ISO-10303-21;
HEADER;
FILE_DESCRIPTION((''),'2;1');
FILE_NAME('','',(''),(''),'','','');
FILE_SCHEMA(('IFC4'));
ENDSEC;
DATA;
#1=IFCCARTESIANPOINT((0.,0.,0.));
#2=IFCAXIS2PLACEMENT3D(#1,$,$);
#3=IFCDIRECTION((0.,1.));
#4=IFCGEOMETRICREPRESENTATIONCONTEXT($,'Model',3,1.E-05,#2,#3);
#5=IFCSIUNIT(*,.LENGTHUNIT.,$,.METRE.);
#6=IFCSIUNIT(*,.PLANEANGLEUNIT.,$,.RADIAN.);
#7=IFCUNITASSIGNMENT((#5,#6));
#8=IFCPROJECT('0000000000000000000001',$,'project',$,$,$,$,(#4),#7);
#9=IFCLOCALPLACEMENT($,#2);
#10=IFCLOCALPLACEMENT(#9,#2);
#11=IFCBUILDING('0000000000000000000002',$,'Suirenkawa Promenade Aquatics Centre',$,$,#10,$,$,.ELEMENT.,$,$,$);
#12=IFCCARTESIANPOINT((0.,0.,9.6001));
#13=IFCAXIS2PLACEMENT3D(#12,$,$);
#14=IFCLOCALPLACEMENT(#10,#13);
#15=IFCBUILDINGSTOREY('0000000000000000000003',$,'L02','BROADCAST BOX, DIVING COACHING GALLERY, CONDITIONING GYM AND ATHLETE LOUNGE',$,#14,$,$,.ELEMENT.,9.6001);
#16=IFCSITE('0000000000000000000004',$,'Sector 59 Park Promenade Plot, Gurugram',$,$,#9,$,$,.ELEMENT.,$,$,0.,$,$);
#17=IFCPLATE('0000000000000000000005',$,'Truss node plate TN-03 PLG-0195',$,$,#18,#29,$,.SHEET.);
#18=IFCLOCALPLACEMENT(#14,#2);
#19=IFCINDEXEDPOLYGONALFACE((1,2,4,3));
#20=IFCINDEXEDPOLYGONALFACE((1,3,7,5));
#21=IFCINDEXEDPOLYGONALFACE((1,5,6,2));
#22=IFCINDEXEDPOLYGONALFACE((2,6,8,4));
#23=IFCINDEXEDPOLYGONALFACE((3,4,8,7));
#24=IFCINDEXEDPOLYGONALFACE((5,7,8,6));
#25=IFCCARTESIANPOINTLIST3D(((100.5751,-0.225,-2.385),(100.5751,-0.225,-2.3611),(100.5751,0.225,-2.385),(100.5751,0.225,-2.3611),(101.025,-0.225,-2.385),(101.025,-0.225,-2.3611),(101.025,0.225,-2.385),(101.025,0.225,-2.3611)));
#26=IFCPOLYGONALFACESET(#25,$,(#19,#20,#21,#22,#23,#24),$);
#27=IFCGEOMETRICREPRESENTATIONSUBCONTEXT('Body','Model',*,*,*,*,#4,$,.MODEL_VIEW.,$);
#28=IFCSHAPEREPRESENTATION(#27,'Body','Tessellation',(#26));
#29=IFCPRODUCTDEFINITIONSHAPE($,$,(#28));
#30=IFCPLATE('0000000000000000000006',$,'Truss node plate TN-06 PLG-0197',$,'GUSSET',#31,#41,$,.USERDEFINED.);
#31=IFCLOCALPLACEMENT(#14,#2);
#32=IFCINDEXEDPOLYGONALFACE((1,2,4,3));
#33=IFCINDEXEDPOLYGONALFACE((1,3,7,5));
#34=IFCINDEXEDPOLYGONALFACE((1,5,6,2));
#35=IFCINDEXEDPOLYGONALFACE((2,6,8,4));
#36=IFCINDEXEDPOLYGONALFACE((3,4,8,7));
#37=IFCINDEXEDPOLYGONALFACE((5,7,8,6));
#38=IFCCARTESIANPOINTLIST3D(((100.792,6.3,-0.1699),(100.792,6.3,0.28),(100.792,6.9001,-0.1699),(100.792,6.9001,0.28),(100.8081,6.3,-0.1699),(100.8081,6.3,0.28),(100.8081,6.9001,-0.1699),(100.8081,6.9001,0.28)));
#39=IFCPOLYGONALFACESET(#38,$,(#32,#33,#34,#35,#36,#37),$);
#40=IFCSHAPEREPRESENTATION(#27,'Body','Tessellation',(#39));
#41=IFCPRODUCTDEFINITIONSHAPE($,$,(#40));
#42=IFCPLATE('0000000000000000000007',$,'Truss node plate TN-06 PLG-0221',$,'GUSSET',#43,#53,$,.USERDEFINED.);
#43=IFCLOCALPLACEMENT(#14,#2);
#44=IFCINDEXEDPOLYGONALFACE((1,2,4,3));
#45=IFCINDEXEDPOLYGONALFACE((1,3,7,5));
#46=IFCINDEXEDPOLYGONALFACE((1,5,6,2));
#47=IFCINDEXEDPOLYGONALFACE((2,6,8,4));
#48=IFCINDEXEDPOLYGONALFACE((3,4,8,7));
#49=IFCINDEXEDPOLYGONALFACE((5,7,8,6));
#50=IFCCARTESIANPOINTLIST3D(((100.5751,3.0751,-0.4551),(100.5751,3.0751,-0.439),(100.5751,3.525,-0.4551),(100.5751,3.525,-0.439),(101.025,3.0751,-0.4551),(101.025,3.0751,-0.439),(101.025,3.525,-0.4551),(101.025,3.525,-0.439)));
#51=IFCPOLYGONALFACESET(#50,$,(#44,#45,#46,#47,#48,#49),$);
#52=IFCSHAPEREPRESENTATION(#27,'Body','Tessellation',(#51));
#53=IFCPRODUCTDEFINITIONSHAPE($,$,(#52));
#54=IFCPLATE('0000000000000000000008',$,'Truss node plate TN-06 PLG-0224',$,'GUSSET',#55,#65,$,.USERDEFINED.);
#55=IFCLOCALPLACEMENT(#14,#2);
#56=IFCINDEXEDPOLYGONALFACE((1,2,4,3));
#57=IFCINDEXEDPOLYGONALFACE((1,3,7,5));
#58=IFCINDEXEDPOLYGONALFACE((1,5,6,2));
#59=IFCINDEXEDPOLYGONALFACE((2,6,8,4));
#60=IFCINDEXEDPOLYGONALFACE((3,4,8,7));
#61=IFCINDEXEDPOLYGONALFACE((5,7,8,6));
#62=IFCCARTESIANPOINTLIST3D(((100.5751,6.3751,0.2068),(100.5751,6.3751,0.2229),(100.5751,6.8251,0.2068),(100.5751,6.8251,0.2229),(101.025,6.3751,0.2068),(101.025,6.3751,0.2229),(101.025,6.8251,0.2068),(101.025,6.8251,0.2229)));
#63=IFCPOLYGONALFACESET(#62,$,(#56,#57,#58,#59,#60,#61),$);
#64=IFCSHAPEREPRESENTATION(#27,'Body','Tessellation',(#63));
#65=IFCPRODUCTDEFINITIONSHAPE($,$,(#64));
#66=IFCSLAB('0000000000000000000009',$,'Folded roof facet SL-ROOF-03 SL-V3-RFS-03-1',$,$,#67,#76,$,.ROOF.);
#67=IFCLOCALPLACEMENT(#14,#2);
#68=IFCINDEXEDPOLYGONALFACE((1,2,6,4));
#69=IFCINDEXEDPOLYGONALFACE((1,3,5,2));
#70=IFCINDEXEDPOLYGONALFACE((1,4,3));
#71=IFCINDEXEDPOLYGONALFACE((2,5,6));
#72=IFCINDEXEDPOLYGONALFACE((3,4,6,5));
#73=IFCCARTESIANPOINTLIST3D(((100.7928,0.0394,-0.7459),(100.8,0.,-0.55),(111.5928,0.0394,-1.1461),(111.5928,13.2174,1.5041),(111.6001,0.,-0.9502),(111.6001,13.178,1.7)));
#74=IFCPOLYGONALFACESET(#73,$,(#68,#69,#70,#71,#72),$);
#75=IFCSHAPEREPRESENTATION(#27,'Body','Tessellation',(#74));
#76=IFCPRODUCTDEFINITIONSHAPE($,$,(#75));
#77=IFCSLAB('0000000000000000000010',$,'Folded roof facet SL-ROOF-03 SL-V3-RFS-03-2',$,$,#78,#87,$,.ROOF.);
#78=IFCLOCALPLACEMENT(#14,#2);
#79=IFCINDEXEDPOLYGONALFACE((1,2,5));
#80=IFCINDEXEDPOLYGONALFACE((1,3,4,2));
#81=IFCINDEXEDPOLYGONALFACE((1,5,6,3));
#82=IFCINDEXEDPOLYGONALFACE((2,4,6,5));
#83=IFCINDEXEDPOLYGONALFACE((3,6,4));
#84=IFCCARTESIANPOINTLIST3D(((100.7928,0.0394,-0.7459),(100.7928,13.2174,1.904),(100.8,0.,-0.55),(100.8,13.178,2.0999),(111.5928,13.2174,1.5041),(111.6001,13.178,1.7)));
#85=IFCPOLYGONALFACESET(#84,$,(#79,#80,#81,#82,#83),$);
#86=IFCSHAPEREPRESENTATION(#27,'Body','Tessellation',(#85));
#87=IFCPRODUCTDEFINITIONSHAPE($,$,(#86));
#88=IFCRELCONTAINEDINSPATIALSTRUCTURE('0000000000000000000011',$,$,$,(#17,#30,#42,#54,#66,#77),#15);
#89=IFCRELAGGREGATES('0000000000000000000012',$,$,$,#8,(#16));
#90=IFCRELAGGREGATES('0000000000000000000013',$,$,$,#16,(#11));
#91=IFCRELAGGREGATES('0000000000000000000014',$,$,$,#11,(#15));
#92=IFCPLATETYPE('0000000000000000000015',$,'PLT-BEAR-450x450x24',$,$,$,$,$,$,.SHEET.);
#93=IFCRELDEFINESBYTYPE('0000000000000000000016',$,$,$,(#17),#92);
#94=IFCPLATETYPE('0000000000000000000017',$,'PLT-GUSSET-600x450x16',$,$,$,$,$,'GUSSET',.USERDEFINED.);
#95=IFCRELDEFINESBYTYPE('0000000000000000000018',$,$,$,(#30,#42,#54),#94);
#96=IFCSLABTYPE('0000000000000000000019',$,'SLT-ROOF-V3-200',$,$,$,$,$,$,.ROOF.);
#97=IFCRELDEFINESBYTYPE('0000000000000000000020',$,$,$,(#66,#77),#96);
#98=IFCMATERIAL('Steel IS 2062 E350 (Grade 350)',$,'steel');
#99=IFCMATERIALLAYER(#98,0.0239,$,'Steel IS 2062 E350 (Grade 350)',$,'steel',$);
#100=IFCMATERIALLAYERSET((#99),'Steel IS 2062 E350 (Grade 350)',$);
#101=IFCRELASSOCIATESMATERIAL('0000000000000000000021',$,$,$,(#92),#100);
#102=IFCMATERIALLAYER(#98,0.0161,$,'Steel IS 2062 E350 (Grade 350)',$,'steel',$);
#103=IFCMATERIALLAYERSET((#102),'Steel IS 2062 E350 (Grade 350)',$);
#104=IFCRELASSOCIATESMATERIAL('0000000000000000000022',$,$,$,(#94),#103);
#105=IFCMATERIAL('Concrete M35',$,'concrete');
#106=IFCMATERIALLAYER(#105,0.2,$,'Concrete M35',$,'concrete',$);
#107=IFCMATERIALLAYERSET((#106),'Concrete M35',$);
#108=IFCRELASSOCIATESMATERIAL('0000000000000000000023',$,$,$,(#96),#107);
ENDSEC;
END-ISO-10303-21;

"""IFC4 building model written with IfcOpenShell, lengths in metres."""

from ifc_helpers import new_model, si_unit, direction, frame, origin, origin_2d, place, context, subcontext, project, spatial, polyline, rectangle, outline, extrude, material, layer, layer_set, type_object, element, save


model = new_model("IFC4")

# Units and contexts
model_context = context("Model", 3, precision=1e-05, world=origin(), true_north=direction((0.0, 1.0)))
body_context = subcontext(model_context, "Body", "Model", "MODEL_VIEW")
ifc_project = project(units=[si_unit("LENGTHUNIT", "METRE"), si_unit("PLANEANGLEUNIT", "RADIAN")], contexts=[model_context])

# Site, building, storey
site_placement = place(None, origin())
site = spatial("IfcSite", under=ifc_project, at=site_placement, Name="Sector 59 Park Promenade Plot, Gurugram", CompositionType="ELEMENT", RefElevation=0.0)
building_placement = place(site_placement, origin())
building = spatial("IfcBuilding", under=site, at=building_placement, Name="Suirenkawa Promenade Aquatics Centre", CompositionType="ELEMENT")
storey_placement = place(building_placement, frame((0.0, 0.0, 9.6001)))
storey = spatial("IfcBuildingStorey", under=building, at=storey_placement, Name="L02", Description="BROADCAST BOX, DIVING COACHING GALLERY, CONDITIONING GYM AND ATHLETE LOUNGE", CompositionType="ELEMENT", Elevation=9.6001)

# Shared definitions
ifc_material_1 = material(Name="Steel IS 2062 E350 (Grade 350)", Category="steel")

# Plates
ifc_layer_1 = layer(ifc_material_1, 0.0239, Name="Steel IS 2062 E350 (Grade 350)", Category="steel")
ifc_layer_set_1 = layer_set([ifc_layer_1], Name="Steel IS 2062 E350 (Grade 350)")
plate_type_1 = type_object("IfcPlateType", Name="PLT-BEAR-450x450x24", PredefinedType="SHEET", material=ifc_layer_set_1)
plate_1_placement = place(storey_placement, frame((100.8, 0.0, -2.385), z_axis=(0.0, 0.0, 1.0), x_axis=(1.0, 0.0, 0.0)))
element("IfcPlate", 1, at=plate_1_placement, inside=storey, type_object=plate_type_1, Name="Truss node plate TN-03 PLG-0195", PredefinedType="SHEET", context=body_context, shape_type="SweptSolid", body=[
    extrude(rectangle(XDim=0.45, YDim=0.45, at=origin_2d()), origin(), (0.0, 0.0, 1.0), 0.0239),
])
ifc_layer_2 = layer(ifc_material_1, 0.0161, Name="Steel IS 2062 E350 (Grade 350)", Category="steel")
ifc_layer_set_2 = layer_set([ifc_layer_2], Name="Steel IS 2062 E350 (Grade 350)")
plate_type_2 = type_object("IfcPlateType", Name="PLT-GUSSET-600x450x16", ElementType="GUSSET", PredefinedType="USERDEFINED", material=ifc_layer_set_2)
plate_2_placement = place(storey_placement, frame((100.8, 6.6001, -0.1699), z_axis=(0.0, 0.0, 1.0), x_axis=(0.0, 1.0, 0.0)))
element("IfcPlate", 2, at=plate_2_placement, inside=storey, type_object=plate_type_2, Name="Truss node plate TN-06 PLG-0197", ObjectType="GUSSET", PredefinedType="USERDEFINED", context=body_context, shape_type="SweptSolid", body=[
    extrude(rectangle(XDim=0.6001, YDim=0.0161, at=origin_2d()), origin(), (0.0, 0.0, 1.0), 0.45),
])
for number, where, z_axis, x_axis, name in (
    (3, (100.8, 3.3, -0.4551), (0.0, 0.0, 1.0), (1.0, 0.0, 0.0), "Truss node plate TN-06 PLG-0221"),
    (4, (100.8, 6.6001, 0.2068), (0.0, 0.0, 1.0), (1.0, 0.0, 0.0), "Truss node plate TN-06 PLG-0224"),
):
    element("IfcPlate", number, at=place(storey_placement, frame(where, z_axis=z_axis, x_axis=x_axis)), inside=storey, type_object=plate_type_2, Name=name, ObjectType="GUSSET", PredefinedType="USERDEFINED", context=body_context, shape_type="SweptSolid", body=[
        extrude(rectangle(XDim=0.45, YDim=0.45, at=origin_2d()), origin(), (0.0, 0.0, 1.0), 0.0161),
    ])

# Slabs
ifc_material_2 = material(Name="Concrete M35", Category="concrete")
ifc_layer_3 = layer(ifc_material_2, 0.2, Name="Concrete M35", Category="concrete")
ifc_layer_set_3 = layer_set([ifc_layer_3], Name="Concrete M35")
slab_type = type_object("IfcSlabType", Name="SLT-ROOF-V3-200", PredefinedType="ROOF", material=ifc_layer_set_3)
slab_1_placement = place(storey_placement, frame((100.8, 0.0, -0.55), z_axis=(0.036299, -0.197027, 0.979726), x_axis=(0.999314, 0.0, -0.037025)))
element("IfcSlab", 5, at=slab_1_placement, inside=storey, type_object=slab_type, Name="Folded roof facet SL-ROOF-03 SL-V3-RFS-03-1", PredefinedType="ROOF", context=body_context, shape_type="SweptSolid", body=[
    extrude(outline(polyline([(0.0, 0.0), (10.8075, 0.0), (10.7093, 13.4415), (0.0, 0.0)])), origin(), (0.0, 0.0, -1.0), 0.2),
])
slab_2_placement = place(storey_placement, frame((100.8, 0.0, -0.55), z_axis=(0.036277, -0.19701, 0.97973), x_axis=(0.628417, 0.76678, 0.13092)))
element("IfcSlab", 6, at=slab_2_placement, inside=storey, type_object=slab_type, Name="Folded roof facet SL-ROOF-03 SL-V3-RFS-03-2", PredefinedType="ROOF", context=body_context, shape_type="SweptSolid", body=[
    extrude(outline(polyline([(0.0, 0.0), (17.1861, 0.0), (10.4515, 8.4526), (0.0, 0.0)])), origin(), (0.0, 0.0, -1.0), 0.2),
])

save(model, "model.ifc")
